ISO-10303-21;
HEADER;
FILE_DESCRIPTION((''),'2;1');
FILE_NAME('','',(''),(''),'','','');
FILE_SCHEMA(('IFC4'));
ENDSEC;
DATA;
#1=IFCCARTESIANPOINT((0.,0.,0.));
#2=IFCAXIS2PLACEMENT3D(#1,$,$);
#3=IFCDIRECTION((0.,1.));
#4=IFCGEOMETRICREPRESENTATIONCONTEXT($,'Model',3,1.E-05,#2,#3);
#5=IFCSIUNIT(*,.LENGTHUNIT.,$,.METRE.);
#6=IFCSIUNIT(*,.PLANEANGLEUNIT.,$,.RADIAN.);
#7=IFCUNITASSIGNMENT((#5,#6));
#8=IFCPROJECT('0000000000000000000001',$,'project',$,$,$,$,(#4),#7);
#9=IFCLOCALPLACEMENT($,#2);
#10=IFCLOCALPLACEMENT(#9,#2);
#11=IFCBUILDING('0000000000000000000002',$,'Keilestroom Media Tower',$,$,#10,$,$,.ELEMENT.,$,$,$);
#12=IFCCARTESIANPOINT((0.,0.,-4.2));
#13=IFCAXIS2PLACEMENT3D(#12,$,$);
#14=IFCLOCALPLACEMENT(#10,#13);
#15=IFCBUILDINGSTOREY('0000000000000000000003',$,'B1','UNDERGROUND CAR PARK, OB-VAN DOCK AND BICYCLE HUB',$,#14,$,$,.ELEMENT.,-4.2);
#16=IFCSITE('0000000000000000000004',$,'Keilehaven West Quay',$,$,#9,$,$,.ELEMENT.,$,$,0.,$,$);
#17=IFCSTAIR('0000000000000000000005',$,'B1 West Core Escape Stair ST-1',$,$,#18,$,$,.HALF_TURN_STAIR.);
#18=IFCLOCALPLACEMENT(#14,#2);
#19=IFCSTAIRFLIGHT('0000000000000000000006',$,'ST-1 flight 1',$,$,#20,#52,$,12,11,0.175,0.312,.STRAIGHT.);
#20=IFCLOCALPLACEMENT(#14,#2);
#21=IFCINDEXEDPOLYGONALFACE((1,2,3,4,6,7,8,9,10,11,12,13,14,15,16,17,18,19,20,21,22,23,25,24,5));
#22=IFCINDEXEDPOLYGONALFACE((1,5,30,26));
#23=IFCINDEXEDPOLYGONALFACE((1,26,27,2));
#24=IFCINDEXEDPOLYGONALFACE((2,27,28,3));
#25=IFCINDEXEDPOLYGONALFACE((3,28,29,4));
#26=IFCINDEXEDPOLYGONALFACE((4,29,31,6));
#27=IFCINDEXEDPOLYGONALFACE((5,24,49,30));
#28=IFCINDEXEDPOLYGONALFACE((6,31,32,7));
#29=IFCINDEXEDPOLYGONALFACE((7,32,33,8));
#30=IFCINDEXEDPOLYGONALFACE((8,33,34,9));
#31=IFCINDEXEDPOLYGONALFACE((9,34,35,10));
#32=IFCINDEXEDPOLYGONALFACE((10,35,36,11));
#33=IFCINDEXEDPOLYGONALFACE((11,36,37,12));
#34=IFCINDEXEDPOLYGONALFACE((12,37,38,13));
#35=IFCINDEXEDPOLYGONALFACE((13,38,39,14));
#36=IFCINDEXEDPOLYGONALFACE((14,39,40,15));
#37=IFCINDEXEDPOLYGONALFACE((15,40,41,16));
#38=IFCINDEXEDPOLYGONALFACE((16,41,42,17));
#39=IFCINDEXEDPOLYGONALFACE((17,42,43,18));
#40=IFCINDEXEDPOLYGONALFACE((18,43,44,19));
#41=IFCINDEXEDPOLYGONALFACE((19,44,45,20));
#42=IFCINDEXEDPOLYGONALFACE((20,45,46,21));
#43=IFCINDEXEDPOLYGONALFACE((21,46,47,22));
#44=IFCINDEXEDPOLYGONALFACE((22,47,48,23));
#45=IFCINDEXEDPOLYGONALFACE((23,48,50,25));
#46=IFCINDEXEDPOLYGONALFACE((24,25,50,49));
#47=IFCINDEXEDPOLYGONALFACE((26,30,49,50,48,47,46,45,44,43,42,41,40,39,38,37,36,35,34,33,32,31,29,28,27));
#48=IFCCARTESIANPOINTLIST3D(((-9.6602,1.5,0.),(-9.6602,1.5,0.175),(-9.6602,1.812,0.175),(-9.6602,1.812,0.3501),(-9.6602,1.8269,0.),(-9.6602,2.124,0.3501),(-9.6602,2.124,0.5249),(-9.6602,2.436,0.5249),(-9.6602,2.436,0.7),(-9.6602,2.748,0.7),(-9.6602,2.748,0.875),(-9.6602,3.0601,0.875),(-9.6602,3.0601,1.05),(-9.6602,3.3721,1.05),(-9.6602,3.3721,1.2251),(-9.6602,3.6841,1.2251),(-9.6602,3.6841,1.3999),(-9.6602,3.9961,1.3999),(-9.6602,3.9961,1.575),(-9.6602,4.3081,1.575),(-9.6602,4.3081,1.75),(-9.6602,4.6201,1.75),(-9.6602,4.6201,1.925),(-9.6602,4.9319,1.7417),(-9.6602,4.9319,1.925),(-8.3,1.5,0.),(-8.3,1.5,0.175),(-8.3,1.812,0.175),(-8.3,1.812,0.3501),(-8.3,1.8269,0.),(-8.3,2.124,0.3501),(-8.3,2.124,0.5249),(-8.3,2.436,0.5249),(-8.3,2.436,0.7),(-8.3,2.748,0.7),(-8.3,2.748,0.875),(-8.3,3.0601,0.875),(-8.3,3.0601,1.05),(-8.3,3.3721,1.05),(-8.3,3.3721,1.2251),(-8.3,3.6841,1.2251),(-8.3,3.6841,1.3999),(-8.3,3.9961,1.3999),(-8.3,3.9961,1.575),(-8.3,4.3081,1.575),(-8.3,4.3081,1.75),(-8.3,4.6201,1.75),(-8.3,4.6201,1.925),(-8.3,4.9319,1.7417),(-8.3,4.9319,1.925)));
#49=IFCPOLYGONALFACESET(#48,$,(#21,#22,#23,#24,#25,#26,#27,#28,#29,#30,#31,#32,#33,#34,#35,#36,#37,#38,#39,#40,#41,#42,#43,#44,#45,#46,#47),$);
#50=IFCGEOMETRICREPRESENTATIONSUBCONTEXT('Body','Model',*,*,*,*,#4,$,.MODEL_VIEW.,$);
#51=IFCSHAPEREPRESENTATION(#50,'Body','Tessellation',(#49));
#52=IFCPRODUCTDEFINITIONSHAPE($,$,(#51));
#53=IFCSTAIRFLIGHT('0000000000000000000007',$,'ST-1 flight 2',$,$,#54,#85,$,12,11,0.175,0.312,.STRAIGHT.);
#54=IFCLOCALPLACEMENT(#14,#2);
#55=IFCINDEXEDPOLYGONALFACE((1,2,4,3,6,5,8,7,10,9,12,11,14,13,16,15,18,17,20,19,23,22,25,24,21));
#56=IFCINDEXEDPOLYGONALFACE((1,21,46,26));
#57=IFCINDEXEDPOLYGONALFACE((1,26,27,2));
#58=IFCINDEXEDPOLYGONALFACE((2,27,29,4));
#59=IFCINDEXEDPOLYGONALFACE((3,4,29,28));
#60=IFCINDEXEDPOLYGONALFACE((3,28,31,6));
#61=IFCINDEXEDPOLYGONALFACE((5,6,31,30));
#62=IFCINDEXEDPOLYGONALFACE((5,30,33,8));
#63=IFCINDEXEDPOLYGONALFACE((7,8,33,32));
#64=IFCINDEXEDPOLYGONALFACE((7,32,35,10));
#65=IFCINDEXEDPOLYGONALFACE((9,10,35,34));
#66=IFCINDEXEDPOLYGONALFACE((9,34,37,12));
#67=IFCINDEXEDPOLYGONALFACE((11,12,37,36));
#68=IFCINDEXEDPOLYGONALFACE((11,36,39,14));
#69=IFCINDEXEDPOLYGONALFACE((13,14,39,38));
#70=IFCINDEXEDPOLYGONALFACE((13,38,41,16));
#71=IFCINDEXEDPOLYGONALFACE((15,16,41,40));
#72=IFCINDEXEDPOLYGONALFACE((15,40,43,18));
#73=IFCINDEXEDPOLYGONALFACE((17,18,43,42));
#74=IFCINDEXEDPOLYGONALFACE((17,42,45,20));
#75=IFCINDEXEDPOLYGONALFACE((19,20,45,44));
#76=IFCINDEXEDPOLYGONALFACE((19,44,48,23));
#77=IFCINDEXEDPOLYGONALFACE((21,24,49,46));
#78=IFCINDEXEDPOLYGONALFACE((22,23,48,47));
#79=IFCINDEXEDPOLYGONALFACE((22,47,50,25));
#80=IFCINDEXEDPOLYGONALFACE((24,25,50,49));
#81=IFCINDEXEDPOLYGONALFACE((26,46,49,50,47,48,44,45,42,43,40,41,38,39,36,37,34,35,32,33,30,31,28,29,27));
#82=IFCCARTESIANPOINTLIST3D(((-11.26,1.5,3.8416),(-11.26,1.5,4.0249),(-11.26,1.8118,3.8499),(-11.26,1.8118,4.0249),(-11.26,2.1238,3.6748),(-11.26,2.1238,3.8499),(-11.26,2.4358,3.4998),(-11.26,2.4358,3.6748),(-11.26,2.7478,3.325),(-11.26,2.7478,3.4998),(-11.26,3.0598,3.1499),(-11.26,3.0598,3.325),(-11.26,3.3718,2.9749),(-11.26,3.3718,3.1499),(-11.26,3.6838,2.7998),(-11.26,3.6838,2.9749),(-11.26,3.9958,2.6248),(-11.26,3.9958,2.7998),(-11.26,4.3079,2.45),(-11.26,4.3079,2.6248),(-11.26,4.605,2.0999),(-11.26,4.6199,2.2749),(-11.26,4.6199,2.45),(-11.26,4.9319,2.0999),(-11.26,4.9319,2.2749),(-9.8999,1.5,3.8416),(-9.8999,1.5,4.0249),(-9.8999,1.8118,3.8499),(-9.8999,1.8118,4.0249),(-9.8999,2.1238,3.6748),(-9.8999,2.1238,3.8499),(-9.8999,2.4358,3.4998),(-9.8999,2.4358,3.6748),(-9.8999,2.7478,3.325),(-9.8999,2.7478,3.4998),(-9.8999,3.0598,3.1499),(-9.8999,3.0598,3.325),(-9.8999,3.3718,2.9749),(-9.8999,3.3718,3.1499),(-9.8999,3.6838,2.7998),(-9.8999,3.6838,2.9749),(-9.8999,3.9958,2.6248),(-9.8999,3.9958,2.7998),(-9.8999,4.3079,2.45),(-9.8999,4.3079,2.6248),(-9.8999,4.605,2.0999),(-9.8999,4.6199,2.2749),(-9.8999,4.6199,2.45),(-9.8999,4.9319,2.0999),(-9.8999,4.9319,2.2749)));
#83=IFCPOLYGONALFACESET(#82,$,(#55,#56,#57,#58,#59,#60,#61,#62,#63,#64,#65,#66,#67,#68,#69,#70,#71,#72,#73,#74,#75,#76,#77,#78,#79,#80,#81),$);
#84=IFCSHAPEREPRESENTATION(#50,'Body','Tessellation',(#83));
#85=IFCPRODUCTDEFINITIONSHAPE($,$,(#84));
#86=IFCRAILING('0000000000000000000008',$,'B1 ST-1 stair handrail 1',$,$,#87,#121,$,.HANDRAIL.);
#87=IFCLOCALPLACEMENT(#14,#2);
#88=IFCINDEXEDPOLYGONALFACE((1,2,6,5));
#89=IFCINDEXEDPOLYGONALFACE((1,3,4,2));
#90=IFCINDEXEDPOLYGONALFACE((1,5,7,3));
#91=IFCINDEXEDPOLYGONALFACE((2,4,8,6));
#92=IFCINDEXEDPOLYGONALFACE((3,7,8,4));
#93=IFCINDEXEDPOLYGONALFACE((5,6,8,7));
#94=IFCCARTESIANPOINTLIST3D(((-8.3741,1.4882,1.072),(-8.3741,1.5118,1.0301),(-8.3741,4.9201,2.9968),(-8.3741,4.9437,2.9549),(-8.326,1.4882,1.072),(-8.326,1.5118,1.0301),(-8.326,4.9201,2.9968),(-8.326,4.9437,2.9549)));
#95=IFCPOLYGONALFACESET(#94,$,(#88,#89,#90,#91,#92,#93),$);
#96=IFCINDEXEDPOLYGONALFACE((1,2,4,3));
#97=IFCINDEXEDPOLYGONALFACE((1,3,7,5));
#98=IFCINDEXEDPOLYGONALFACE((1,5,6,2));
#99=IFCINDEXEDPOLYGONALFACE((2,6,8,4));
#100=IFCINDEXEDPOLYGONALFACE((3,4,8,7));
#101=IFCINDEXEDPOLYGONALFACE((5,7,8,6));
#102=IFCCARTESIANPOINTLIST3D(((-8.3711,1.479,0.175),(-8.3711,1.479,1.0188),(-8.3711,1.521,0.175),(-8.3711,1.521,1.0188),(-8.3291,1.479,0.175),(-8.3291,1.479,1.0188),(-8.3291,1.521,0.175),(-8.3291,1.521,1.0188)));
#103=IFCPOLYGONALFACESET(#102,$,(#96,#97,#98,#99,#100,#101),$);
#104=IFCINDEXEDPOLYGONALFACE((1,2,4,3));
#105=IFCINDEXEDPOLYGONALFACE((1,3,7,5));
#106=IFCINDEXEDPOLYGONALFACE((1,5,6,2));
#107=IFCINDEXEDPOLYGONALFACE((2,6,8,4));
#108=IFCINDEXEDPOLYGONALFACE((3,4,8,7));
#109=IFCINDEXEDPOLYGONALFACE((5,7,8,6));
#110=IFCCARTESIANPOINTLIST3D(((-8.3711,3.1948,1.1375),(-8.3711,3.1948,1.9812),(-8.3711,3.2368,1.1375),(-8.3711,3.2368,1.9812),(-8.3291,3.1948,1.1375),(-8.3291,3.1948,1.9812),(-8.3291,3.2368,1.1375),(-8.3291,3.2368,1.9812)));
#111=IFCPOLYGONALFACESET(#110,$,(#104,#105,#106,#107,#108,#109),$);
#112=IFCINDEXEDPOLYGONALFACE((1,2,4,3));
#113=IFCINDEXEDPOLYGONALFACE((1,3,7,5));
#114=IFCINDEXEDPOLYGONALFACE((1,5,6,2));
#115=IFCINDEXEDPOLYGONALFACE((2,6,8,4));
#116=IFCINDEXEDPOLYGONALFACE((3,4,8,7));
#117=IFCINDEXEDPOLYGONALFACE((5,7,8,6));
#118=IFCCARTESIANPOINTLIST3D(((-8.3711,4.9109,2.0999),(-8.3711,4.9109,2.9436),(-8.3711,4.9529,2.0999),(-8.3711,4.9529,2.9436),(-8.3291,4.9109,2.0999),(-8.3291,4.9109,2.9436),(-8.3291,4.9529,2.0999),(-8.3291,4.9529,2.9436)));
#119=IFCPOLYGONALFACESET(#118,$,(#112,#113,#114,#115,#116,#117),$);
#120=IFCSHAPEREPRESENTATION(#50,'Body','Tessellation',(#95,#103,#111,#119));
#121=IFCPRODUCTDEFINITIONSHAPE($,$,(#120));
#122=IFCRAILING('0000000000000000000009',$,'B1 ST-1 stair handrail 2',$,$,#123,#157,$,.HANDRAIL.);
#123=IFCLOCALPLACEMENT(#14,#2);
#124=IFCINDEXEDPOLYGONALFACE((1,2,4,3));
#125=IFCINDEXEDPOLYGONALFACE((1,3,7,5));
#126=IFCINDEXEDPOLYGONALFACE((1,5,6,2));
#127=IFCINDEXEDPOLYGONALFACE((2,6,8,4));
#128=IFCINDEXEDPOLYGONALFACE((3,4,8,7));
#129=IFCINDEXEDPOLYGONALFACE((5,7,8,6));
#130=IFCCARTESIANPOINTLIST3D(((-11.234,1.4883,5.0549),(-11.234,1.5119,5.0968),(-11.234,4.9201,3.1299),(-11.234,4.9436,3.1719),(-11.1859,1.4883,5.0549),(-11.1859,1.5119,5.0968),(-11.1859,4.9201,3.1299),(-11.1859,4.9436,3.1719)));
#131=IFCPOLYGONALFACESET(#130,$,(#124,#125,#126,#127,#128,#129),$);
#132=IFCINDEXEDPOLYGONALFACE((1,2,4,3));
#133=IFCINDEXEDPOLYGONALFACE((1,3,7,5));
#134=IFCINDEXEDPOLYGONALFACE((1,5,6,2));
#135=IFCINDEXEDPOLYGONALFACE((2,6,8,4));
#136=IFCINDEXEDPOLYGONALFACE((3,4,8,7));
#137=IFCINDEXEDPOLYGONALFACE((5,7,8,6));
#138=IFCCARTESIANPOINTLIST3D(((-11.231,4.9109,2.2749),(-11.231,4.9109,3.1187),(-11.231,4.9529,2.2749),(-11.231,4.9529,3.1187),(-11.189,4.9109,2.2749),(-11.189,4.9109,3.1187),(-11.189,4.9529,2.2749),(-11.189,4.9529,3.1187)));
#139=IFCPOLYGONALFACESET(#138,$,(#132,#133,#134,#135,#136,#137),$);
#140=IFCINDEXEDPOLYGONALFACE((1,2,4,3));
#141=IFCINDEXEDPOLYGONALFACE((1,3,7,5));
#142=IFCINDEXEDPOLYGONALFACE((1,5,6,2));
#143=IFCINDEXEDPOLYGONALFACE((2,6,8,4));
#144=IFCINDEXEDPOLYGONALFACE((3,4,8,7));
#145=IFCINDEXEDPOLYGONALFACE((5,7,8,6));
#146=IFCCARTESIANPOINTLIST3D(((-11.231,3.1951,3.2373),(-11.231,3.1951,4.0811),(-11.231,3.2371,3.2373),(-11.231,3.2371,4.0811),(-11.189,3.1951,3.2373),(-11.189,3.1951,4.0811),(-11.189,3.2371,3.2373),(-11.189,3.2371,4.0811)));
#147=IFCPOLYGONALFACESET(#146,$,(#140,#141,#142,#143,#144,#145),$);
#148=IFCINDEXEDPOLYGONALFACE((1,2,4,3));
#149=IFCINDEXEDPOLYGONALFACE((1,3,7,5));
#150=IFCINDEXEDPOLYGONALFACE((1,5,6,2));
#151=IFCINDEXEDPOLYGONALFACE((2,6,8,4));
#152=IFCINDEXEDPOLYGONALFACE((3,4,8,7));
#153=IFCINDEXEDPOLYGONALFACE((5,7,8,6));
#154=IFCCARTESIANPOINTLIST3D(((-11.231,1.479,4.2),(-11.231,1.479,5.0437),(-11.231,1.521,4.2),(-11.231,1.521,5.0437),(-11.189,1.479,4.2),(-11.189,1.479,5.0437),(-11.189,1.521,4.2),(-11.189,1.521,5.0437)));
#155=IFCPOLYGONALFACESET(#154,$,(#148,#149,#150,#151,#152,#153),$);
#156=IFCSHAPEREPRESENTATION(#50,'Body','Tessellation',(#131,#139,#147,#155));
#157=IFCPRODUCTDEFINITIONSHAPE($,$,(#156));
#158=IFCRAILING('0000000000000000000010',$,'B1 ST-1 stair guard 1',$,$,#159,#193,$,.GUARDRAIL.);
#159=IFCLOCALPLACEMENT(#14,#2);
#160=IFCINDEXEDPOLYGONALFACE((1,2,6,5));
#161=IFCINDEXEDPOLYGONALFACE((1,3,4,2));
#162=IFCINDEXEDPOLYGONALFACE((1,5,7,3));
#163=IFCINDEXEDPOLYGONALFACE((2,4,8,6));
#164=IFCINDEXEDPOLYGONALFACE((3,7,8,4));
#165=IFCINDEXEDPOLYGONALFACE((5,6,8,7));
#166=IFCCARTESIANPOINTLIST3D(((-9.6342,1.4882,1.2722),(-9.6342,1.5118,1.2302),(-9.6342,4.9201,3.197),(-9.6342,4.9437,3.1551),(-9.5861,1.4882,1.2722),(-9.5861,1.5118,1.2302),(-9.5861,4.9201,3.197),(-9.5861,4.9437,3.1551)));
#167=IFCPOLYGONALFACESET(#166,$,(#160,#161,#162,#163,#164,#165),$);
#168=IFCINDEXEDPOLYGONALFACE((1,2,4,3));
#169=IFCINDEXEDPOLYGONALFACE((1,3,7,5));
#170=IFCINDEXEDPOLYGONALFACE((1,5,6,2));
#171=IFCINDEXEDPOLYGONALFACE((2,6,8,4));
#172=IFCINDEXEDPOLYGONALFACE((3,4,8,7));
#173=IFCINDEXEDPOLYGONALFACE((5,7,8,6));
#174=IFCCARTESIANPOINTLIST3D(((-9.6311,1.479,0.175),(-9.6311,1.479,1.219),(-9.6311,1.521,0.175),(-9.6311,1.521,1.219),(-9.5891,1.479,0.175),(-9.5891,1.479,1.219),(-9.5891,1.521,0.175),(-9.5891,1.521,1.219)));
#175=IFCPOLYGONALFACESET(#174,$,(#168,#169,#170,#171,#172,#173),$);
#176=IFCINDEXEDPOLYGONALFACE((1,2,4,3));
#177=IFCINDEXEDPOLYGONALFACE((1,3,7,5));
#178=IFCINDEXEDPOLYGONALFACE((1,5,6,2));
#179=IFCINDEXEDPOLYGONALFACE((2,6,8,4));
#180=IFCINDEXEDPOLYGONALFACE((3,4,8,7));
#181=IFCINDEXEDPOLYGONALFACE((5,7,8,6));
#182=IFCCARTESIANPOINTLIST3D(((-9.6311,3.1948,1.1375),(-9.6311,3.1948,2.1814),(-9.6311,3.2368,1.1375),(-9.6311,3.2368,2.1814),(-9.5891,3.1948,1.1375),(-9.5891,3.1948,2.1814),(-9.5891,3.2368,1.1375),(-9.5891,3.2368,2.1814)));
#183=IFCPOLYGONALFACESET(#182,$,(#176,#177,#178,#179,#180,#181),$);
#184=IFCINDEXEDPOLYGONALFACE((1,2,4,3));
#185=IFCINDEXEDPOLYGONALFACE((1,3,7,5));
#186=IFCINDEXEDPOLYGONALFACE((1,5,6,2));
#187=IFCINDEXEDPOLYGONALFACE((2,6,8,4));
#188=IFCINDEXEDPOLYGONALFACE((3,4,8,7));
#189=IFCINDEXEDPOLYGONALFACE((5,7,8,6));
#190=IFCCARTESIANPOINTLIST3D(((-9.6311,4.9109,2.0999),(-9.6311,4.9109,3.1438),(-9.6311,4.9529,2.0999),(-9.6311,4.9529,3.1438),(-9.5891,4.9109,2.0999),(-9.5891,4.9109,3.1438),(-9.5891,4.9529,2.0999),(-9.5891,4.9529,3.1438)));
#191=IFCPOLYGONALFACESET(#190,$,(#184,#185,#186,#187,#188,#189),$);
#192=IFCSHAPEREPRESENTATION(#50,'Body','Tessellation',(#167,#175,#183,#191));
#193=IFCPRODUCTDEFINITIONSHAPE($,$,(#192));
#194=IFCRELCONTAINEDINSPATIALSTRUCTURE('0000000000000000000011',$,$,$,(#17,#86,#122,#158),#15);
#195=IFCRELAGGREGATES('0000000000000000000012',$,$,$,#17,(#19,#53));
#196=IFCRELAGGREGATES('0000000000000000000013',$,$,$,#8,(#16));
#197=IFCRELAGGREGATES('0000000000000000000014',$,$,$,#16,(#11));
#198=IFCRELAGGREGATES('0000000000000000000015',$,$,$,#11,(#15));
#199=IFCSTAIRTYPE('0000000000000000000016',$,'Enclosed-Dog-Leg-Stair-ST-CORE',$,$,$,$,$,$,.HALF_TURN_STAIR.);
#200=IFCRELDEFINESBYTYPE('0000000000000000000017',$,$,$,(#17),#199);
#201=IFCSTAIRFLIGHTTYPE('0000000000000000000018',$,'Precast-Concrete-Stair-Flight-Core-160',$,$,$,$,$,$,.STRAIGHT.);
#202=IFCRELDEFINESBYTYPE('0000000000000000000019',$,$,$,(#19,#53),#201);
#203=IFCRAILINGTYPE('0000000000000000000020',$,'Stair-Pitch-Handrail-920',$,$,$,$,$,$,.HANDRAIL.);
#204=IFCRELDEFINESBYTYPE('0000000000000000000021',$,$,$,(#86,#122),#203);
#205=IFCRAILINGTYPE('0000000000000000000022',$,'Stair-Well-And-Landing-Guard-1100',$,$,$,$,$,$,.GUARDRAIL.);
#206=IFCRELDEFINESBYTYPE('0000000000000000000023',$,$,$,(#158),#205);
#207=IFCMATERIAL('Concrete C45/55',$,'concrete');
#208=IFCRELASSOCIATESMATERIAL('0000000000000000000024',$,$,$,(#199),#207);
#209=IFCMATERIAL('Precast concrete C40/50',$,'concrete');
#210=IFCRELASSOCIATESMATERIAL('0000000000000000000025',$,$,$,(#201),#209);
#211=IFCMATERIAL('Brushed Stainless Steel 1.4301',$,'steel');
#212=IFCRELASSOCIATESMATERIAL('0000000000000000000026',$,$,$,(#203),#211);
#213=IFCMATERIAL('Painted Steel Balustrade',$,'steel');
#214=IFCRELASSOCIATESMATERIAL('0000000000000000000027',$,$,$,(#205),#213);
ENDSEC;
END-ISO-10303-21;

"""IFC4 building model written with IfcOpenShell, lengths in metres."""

from ifc_helpers import new_model, si_unit, direction, frame, origin, origin_2d, place, context, subcontext, project, spatial, polyline, rectangle, outline, extrude, material, type_object, element, aggregate, save


model = new_model("IFC4")

# Units and contexts
model_context = context("Model", 3, precision=1e-05, world=origin(), true_north=direction((0.0, 1.0)))
body_context = subcontext(model_context, "Body", "Model", "MODEL_VIEW")
ifc_project = project(units=[si_unit("LENGTHUNIT", "METRE"), si_unit("PLANEANGLEUNIT", "RADIAN")], contexts=[model_context])

# Site, building, storey
site_placement = place(None, origin())
site = spatial("IfcSite", under=ifc_project, at=site_placement, Name="Keilehaven West Quay", CompositionType="ELEMENT", RefElevation=0.0)
building_placement = place(site_placement, origin())
building = spatial("IfcBuilding", under=site, at=building_placement, Name="Keilestroom Media Tower", CompositionType="ELEMENT")
storey_placement = place(building_placement, frame((0.0, 0.0, -4.2)))
storey = spatial("IfcBuildingStorey", under=building, at=storey_placement, Name="B1", Description="UNDERGROUND CAR PARK, OB-VAN DOCK AND BICYCLE HUB", CompositionType="ELEMENT", Elevation=-4.2)

# Stair, stair flights
ifc_material_1 = material(Name="Concrete C45/55", Category="concrete")
stair_type = type_object("IfcStairType", Name="Enclosed-Dog-Leg-Stair-ST-CORE", PredefinedType="HALF_TURN_STAIR", material=ifc_material_1)
stair_placement = place(storey_placement, origin())
stair = element("IfcStair", 1, at=stair_placement, inside=storey, type_object=stair_type, Name="B1 West Core Escape Stair ST-1", PredefinedType="HALF_TURN_STAIR")
ifc_material_2 = material(Name="Precast concrete C40/50", Category="concrete")
stair_flight_type = type_object("IfcStairFlightType", Name="Precast-Concrete-Stair-Flight-Core-160", PredefinedType="STRAIGHT", material=ifc_material_2)
stair_flight_1_placement = place(storey_placement, frame((-8.98, 1.5, 0.0), z_axis=(0.0, 0.0, 1.0), x_axis=(0.0, 1.0, 0.0)))
stair_flight_1 = element("IfcStairFlight", 2, at=stair_flight_1_placement, type_object=stair_flight_type, Name="ST-1 flight 1", NumberOfRisers=12, NumberOfTreads=11, PredefinedType="STRAIGHT", RiserHeight=0.175, TreadLength=0.312, context=body_context, shape_type="SweptSolid", body=[
    extrude(outline(polyline([(0.0, 0.0), (0.0, 0.175), (0.312, 0.175), (0.312, 0.3501), (0.624, 0.3501), (0.624, 0.5249), (0.936, 0.5249), (0.936, 0.7), (1.248, 0.7), (1.248, 0.875), (1.5601, 0.875), (1.5601, 1.05), (1.8721, 1.05), (1.8721, 1.2251), (2.1841, 1.2251), (2.1841, 1.3999), (2.4961, 1.3999), (2.4961, 1.575), (2.8081, 1.575), (2.8081, 1.75), (3.1201, 1.75), (3.1201, 1.925), (3.4319, 1.925), (3.4319, 2.1001), (3.4319, 1.7417), (0.3269, 0.0), (0.0, 0.0)])), frame((0.0, 0.6802, 0.0), z_axis=(0.0, -1.0, 0.0), x_axis=(1.0, 0.0, 0.0)), (0.0, 0.0, 1.0), 1.3601),
])
stair_flight_2_placement = place(storey_placement, frame((-10.5801, 4.9319, 2.0999), z_axis=(0.0, 0.0, 1.0), x_axis=(0.0, -1.0, 0.0)))
stair_flight_2 = element("IfcStairFlight", 3, at=stair_flight_2_placement, type_object=stair_flight_type, Name="ST-1 flight 2", NumberOfRisers=12, NumberOfTreads=11, PredefinedType="STRAIGHT", RiserHeight=0.175, TreadLength=0.312, context=body_context, shape_type="SweptSolid", body=[
    extrude(outline(polyline([(0.0, 0.0), (0.0, 0.175), (0.312, 0.175), (0.312, 0.3501), (0.624, 0.3501), (0.624, 0.5249), (0.936, 0.5249), (0.936, 0.7), (1.248, 0.7), (1.248, 0.875), (1.5601, 0.875), (1.5601, 1.05), (1.8721, 1.05), (1.8721, 1.2251), (2.1841, 1.2251), (2.1841, 1.3999), (2.4961, 1.3999), (2.4961, 1.575), (2.8081, 1.575), (2.8081, 1.75), (3.1201, 1.75), (3.1201, 1.925), (3.4319, 1.925), (3.4319, 2.1001), (3.4319, 1.7417), (0.3269, 0.0), (0.0, 0.0)])), frame((0.0, 0.6802, 0.0), z_axis=(0.0, -1.0, 0.0), x_axis=(1.0, 0.0, 0.0)), (0.0, 0.0, 1.0), 1.3601),
])
aggregate(stair, [stair_flight_1, stair_flight_2])

# Railings
ifc_material_3 = material(Name="Brushed Stainless Steel 1.4301", Category="steel")
railing_type_1 = type_object("IfcRailingType", Name="Stair-Pitch-Handrail-920", PredefinedType="HANDRAIL", material=ifc_material_3)
railing_1_placement = place(storey_placement, frame((-8.3501, 1.5, 0.175)))
element("IfcRailing", 4, at=railing_1_placement, inside=storey, type_object=railing_type_1, Name="B1 ST-1 stair handrail 1", PredefinedType="HANDRAIL", context=body_context, shape_type="SweptSolid", body=[
    extrude(rectangle(XDim=0.0481, YDim=0.0481, at=origin_2d()), frame((0.0, 0.0, 0.876), z_axis=(0.0, 0.872186, 0.489174), x_axis=(-1.0, 0.0, 0.0)), (0.0, 0.0, 1.0), 3.9348),
    extrude(rectangle(XDim=0.042, YDim=0.042, at=origin_2d()), origin(), (0.0, 0.0, 1.0), 0.8438),
    extrude(rectangle(XDim=0.042, YDim=0.042, at=origin_2d()), frame((0.0, 1.7158, 0.9624)), (0.0, 0.0, 1.0), 0.8438),
    extrude(rectangle(XDim=0.042, YDim=0.042, at=origin_2d()), frame((0.0, 3.4319, 1.9248)), (0.0, 0.0, 1.0), 0.8438),
])
railing_2_placement = place(storey_placement, frame((-11.21, 4.9319, 2.2749)))
element("IfcRailing", 5, at=railing_2_placement, inside=storey, type_object=railing_type_1, Name="B1 ST-1 stair handrail 2", PredefinedType="HANDRAIL", context=body_context, shape_type="SweptSolid", body=[
    extrude(rectangle(XDim=0.0481, YDim=0.0481, at=origin_2d()), frame((0.0, 0.0, 0.876), z_axis=(0.0, -0.87216, 0.489221), x_axis=(1.0, 0.0, 0.0)), (0.0, 0.0, 1.0), 3.9348),
    extrude(rectangle(XDim=0.042, YDim=0.042, at=origin_2d()), origin(), (0.0, 0.0, 1.0), 0.8438),
    extrude(rectangle(XDim=0.042, YDim=0.042, at=origin_2d()), frame((0.0, -1.7158, 0.9624)), (0.0, 0.0, 1.0), 0.8438),
    extrude(rectangle(XDim=0.042, YDim=0.042, at=origin_2d()), frame((0.0, -3.4319, 1.925)), (0.0, 0.0, 1.0), 0.8438),
])
ifc_material_4 = material(Name="Painted Steel Balustrade", Category="steel")
railing_type_2 = type_object("IfcRailingType", Name="Stair-Well-And-Landing-Guard-1100", PredefinedType="GUARDRAIL", material=ifc_material_4)
railing_3_placement = place(storey_placement, frame((-9.6101, 1.5, 0.175)))
element("IfcRailing", 6, at=railing_3_placement, inside=storey, type_object=railing_type_2, Name="B1 ST-1 stair guard 1", PredefinedType="GUARDRAIL", context=body_context, shape_type="SweptSolid", body=[
    extrude(rectangle(XDim=0.0481, YDim=0.0481, at=origin_2d()), frame((0.0, 0.0, 1.0762), z_axis=(0.0, 0.872186, 0.489174), x_axis=(-1.0, 0.0, 0.0)), (0.0, 0.0, 1.0), 3.9348),
    extrude(rectangle(XDim=0.042, YDim=0.042, at=origin_2d()), origin(), (0.0, 0.0, 1.0), 1.0439),
    extrude(rectangle(XDim=0.042, YDim=0.042, at=origin_2d()), frame((0.0, 1.7158, 0.9624)), (0.0, 0.0, 1.0), 1.0439),
    extrude(rectangle(XDim=0.042, YDim=0.042, at=origin_2d()), frame((0.0, 3.4319, 1.9248)), (0.0, 0.0, 1.0), 1.0439),
])

save(model, "model.ifc")
